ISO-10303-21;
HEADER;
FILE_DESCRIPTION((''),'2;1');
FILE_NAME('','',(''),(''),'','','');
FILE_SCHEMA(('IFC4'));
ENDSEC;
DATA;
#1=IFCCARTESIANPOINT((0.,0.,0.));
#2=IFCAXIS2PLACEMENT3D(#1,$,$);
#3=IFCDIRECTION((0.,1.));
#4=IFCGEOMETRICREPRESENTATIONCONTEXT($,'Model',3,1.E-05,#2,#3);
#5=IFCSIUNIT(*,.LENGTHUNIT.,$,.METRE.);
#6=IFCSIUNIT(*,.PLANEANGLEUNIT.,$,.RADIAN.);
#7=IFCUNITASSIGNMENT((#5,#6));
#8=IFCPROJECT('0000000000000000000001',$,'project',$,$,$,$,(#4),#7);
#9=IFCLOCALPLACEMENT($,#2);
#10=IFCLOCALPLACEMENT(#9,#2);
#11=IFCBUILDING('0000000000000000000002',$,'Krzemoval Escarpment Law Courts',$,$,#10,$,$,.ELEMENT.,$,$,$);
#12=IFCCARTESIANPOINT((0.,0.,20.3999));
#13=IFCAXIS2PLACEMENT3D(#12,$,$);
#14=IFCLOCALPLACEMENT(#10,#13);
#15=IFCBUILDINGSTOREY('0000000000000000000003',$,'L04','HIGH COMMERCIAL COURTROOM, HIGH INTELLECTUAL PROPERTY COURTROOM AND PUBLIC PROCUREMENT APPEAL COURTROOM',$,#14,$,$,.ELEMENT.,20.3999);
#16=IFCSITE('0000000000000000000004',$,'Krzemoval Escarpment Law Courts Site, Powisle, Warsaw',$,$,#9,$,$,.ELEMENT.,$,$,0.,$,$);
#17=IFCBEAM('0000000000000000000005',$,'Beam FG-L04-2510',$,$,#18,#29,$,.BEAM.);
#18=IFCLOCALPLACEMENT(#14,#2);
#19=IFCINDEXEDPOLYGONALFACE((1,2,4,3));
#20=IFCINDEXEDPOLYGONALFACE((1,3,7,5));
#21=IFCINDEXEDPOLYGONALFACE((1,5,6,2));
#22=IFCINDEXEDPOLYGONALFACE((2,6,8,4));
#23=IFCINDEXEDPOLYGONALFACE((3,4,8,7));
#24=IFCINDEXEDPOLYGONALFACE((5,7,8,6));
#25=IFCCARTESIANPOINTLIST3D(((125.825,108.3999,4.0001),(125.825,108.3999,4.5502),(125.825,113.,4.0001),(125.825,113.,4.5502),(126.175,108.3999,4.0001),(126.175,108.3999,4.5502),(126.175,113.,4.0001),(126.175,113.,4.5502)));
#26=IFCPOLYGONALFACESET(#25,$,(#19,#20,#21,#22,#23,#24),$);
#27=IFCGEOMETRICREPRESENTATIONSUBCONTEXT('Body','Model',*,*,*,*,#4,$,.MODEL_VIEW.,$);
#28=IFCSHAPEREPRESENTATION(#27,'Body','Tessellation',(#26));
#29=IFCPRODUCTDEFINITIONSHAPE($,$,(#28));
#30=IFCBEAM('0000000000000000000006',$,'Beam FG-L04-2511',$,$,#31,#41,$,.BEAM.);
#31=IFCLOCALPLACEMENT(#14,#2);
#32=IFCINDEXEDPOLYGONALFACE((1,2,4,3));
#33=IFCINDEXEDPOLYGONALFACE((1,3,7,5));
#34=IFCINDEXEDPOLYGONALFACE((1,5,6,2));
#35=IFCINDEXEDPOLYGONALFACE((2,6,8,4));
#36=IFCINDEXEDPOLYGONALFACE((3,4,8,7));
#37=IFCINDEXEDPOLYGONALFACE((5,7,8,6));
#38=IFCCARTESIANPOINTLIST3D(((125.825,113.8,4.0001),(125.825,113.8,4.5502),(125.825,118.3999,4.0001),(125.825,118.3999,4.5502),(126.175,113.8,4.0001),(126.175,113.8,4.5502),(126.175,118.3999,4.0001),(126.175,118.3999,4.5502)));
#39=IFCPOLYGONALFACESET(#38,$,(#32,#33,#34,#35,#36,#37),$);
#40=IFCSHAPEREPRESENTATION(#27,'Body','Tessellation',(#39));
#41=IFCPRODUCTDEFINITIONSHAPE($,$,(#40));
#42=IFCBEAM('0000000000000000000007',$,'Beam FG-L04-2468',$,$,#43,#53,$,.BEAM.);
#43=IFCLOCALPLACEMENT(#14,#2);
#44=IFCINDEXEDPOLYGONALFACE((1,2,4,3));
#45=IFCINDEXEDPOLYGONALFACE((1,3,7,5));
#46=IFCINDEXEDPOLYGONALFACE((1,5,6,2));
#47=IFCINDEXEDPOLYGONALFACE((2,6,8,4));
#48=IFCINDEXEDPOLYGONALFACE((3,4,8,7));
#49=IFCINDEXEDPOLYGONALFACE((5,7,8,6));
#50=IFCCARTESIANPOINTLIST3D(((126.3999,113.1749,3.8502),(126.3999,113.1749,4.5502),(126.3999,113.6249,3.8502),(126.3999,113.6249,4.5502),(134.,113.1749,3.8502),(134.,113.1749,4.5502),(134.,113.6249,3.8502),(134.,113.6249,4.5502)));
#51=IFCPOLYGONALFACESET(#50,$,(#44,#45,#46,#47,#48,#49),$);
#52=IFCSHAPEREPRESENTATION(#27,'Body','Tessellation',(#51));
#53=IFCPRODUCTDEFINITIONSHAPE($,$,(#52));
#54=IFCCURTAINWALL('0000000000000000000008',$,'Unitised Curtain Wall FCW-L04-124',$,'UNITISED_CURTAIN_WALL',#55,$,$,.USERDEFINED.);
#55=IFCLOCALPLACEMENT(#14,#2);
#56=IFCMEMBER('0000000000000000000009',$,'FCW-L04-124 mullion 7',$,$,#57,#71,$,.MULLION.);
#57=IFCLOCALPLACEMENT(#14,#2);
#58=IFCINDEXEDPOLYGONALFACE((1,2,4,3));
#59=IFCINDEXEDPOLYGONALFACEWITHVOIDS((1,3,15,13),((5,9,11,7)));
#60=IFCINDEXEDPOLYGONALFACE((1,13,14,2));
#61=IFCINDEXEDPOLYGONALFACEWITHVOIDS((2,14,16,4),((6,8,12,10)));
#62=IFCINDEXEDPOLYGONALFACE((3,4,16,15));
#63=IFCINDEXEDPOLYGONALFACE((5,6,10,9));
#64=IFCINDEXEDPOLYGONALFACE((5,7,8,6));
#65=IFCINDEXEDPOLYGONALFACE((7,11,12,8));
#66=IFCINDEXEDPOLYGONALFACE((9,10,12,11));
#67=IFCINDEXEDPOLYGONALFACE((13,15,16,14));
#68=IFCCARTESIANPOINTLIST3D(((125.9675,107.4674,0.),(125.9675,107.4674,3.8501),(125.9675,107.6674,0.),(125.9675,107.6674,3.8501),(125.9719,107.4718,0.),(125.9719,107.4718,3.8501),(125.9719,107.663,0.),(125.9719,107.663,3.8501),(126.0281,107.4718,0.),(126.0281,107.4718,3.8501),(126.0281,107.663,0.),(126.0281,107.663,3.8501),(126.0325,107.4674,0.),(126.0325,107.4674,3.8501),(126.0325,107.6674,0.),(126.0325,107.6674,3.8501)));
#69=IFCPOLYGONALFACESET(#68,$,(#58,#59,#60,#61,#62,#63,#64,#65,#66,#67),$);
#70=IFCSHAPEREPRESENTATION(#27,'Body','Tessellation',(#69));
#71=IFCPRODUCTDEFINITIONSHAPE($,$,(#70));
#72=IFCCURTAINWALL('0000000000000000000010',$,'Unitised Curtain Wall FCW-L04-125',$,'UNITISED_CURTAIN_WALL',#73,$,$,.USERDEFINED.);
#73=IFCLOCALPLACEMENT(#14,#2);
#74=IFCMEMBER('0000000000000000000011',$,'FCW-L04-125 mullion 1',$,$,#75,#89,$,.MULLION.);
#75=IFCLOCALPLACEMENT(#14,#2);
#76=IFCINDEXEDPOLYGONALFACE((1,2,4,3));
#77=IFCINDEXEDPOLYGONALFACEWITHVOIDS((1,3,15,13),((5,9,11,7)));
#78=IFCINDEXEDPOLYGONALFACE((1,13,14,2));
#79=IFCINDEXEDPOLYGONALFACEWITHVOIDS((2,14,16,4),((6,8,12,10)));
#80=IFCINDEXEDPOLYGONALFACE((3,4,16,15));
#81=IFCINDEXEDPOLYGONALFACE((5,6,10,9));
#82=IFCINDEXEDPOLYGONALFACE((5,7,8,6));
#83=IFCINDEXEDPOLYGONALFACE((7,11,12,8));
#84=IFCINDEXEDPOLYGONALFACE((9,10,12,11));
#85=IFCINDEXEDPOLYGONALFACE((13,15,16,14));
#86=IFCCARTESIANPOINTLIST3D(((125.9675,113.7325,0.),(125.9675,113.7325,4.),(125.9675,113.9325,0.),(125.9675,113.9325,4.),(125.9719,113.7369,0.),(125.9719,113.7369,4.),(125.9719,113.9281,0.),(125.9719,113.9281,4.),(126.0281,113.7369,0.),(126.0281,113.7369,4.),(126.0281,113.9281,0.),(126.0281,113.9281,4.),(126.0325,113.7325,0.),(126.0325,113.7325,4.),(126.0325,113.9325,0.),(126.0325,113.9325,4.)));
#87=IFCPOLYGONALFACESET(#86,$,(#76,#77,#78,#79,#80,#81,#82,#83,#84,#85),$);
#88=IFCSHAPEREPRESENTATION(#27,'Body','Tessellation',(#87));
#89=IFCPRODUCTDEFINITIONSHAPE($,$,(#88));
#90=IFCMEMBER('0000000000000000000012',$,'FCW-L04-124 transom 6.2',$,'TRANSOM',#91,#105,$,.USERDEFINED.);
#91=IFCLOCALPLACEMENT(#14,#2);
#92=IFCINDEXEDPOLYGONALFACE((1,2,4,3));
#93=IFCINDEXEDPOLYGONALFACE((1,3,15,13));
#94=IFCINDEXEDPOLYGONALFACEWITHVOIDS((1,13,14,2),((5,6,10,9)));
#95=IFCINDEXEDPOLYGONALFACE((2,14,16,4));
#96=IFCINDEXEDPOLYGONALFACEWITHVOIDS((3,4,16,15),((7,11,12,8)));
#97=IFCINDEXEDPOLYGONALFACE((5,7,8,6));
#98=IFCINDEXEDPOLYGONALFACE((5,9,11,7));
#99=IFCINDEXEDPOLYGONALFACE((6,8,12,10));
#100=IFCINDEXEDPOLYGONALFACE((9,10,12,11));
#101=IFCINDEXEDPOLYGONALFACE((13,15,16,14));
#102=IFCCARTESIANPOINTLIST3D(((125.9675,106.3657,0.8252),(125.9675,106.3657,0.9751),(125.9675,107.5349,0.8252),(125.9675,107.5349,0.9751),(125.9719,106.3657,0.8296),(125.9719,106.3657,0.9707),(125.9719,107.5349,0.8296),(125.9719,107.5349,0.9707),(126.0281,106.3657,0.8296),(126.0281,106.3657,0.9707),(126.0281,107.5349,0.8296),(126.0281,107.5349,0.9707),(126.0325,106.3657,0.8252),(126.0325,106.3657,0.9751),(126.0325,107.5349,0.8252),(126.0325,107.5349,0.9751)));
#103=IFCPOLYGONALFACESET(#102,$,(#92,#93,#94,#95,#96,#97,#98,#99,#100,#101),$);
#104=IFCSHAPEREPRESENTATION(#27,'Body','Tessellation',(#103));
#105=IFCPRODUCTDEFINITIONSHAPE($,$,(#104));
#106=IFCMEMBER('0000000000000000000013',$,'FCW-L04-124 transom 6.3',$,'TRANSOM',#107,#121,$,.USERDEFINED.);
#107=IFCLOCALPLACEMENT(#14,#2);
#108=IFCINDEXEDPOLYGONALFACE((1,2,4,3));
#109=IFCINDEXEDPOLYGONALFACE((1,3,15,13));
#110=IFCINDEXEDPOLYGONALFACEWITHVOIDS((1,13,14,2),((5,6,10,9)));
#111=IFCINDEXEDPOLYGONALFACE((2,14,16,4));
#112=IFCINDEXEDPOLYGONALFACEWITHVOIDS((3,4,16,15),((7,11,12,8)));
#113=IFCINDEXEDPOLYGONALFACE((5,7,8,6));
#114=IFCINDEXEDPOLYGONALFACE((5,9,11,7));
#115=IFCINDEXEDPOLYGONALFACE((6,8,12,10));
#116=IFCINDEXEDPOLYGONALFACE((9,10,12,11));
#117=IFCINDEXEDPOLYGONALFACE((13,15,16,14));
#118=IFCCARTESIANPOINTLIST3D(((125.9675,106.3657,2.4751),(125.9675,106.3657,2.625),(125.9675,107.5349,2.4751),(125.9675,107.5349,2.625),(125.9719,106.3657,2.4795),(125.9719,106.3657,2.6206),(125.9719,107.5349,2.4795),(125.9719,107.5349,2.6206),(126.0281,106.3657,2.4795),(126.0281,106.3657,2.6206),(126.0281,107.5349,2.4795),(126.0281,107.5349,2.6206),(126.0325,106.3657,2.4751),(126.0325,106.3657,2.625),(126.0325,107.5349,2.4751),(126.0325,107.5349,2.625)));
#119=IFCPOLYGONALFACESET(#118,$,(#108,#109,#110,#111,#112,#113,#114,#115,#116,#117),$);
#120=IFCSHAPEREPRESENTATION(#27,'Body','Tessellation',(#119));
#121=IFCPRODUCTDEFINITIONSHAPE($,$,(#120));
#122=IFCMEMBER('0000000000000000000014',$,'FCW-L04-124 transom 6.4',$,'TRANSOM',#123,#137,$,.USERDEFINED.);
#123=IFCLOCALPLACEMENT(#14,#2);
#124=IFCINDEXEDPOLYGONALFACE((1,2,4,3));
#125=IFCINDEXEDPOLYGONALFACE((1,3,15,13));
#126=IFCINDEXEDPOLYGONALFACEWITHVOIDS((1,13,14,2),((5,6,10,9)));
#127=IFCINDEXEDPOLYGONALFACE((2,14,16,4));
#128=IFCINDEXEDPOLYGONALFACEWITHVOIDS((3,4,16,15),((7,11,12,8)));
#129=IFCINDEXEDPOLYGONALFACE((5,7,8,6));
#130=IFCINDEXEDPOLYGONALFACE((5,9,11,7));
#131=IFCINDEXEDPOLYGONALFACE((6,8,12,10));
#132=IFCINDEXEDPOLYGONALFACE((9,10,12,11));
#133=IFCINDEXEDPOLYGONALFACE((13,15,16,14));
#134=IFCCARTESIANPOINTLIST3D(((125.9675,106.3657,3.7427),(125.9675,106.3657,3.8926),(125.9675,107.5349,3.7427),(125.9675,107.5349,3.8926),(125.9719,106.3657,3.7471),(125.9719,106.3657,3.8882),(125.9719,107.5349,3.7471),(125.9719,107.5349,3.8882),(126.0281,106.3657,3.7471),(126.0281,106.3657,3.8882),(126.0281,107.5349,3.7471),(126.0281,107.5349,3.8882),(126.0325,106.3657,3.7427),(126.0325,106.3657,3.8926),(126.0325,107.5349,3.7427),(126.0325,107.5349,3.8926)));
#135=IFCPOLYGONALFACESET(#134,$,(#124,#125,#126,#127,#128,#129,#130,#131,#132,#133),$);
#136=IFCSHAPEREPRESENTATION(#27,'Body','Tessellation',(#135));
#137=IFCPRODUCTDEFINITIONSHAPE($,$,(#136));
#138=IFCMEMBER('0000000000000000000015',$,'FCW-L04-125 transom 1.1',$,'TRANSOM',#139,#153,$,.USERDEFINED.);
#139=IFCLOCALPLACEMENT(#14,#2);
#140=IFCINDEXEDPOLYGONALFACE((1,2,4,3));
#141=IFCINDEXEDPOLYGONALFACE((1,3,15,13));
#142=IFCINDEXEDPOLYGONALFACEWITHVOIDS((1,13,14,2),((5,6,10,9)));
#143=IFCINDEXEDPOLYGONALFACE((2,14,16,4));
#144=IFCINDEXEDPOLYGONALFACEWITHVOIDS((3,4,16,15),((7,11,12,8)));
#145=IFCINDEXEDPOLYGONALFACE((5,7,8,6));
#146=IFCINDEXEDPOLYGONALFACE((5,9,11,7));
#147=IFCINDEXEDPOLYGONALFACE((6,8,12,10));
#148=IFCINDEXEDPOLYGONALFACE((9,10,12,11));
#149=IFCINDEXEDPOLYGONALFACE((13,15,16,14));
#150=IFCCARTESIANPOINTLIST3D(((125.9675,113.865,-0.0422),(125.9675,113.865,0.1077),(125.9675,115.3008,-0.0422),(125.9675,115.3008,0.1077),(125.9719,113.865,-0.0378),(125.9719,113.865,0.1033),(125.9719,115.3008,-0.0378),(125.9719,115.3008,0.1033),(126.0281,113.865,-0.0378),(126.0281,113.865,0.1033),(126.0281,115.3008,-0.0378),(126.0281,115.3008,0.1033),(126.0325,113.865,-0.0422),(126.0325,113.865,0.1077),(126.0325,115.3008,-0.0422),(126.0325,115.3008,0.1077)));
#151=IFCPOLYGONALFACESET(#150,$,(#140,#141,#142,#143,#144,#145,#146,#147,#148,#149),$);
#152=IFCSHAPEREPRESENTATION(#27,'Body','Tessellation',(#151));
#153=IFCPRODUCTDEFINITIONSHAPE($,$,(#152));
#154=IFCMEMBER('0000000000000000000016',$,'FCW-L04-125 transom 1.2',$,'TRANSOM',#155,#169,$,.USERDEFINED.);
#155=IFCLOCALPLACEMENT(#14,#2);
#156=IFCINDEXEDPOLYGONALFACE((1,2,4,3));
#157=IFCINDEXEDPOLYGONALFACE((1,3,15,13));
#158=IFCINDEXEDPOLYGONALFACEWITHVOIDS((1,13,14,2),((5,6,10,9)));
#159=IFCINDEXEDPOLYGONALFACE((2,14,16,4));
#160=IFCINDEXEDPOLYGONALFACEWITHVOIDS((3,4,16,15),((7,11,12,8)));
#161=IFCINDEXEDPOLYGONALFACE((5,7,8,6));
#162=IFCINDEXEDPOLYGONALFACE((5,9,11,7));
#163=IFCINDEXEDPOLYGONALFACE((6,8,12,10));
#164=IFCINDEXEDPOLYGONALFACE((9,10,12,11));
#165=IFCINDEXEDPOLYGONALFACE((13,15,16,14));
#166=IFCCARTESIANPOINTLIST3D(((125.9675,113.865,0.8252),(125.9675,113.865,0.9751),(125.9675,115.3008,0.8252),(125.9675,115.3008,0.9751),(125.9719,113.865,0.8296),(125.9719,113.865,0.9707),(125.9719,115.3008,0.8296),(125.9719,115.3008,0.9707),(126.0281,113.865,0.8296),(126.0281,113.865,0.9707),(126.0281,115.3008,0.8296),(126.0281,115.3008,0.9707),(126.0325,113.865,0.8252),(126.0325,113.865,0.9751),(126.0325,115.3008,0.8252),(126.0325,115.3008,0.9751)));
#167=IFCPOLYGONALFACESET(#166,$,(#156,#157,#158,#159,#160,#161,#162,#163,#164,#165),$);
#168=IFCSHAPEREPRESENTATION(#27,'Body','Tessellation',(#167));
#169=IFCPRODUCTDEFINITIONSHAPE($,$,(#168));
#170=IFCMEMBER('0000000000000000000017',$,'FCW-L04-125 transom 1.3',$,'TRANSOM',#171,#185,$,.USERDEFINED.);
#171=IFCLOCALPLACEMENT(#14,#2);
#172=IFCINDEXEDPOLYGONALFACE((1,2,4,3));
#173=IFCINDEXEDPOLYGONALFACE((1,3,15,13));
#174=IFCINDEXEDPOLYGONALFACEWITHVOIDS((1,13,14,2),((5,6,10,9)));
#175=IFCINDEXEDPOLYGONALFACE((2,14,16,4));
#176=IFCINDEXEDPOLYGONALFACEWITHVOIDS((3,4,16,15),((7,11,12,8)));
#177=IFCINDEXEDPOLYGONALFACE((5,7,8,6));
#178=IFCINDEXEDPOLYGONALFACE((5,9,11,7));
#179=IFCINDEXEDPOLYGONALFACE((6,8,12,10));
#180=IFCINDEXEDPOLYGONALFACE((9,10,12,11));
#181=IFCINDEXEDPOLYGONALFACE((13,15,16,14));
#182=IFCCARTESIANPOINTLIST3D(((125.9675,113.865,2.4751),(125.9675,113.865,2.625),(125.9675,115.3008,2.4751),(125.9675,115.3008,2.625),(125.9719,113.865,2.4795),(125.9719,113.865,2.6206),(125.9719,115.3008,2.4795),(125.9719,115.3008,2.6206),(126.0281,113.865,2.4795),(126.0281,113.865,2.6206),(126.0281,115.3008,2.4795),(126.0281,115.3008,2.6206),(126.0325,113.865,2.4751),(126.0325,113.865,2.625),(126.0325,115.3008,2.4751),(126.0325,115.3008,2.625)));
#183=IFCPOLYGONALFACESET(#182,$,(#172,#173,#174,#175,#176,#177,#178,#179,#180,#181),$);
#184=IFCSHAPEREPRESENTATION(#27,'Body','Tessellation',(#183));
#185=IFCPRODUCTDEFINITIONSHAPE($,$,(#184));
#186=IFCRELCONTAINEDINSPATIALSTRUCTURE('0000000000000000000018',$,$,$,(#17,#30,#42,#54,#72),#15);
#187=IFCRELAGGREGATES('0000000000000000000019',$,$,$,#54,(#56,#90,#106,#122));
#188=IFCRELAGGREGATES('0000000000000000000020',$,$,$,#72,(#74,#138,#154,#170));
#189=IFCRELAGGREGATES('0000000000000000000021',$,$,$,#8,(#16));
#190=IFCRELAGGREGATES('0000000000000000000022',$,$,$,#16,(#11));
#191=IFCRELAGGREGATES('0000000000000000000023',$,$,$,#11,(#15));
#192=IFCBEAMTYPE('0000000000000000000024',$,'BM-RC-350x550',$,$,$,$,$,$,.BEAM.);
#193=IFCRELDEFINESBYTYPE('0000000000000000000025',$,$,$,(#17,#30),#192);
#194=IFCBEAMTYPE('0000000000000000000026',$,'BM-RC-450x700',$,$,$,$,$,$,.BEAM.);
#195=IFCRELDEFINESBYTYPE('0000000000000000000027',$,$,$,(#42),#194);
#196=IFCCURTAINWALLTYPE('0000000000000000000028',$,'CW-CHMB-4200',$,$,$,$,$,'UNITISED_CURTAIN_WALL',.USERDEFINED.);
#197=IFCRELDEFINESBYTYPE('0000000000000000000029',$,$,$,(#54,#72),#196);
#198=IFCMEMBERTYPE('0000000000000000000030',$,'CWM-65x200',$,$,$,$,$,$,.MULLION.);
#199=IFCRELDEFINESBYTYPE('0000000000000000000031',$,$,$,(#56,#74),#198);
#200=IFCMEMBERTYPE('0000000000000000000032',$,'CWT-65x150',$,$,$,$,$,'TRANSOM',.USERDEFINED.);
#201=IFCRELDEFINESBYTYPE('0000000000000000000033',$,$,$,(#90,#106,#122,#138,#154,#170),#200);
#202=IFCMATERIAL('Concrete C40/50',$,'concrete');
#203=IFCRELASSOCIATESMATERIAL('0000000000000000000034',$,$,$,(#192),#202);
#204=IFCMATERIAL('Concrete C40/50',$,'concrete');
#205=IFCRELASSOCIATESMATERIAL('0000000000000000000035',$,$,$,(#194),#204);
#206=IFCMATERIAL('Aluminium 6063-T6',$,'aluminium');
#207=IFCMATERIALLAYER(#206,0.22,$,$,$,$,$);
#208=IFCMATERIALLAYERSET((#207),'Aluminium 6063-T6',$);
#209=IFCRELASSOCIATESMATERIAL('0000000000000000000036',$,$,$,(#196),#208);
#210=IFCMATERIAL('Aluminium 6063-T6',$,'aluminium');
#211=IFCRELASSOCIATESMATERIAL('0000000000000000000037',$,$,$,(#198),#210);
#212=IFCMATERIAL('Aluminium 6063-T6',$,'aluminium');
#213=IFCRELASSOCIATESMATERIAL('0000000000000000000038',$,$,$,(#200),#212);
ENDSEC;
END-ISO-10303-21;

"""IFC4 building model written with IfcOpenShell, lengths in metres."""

from ifc_helpers import new_model, si_unit, direction, frame, origin, origin_2d, place, context, subcontext, project, spatial, rectangle, hollow_rectangle, extrude, material, layer, layer_set, material_profile, profile_set, type_object, element, aggregate, save


model = new_model("IFC4")

# Units and contexts
model_context = context("Model", 3, precision=1e-05, world=origin(), true_north=direction((0.0, 1.0)))
body_context = subcontext(model_context, "Body", "Model", "MODEL_VIEW")
ifc_project = project(units=[si_unit("LENGTHUNIT", "METRE"), si_unit("PLANEANGLEUNIT", "RADIAN")], contexts=[model_context])

# Site, building, storey
site_placement = place(None, origin())
site = spatial("IfcSite", under=ifc_project, at=site_placement, Name="Krzemoval Escarpment Law Courts Site, Powisle, Warsaw", CompositionType="ELEMENT", RefElevation=0.0)
building_placement = place(site_placement, origin())
building = spatial("IfcBuilding", under=site, at=building_placement, Name="Krzemoval Escarpment Law Courts", CompositionType="ELEMENT")
storey_placement = place(building_placement, frame((0.0, 0.0, 20.3999)))
storey = spatial("IfcBuildingStorey", under=building, at=storey_placement, Name="L04", Description="HIGH COMMERCIAL COURTROOM, HIGH INTELLECTUAL PROPERTY COURTROOM AND PUBLIC PROCUREMENT APPEAL COURTROOM", CompositionType="ELEMENT", Elevation=20.3999)

# Beams
ifc_material_1 = material(Name="Concrete C40/50", Category="concrete")
ifc_material_profile_1 = material_profile(ifc_material_1, rectangle(XDim=0.3501, YDim=0.55, at=origin_2d()), Name="RCB 350x550")
ifc_profile_set_1 = profile_set([ifc_material_profile_1], Name="Concrete C40/50")
beam_type_1 = type_object("IfcBeamType", Name="BM-RC-350x550", PredefinedType="BEAM", material=ifc_profile_set_1)
beam_1_placement = place(storey_placement, frame((126.0, 108.3999, 4.2751), z_axis=(0.0, 1.0, 0.0), x_axis=(-1.0, 0.0, 0.0)))
element("IfcBeam", 1, at=beam_1_placement, inside=storey, type_object=beam_type_1, Name="Beam FG-L04-2510", PredefinedType="BEAM", context=body_context, shape_type="SweptSolid", body=[
    extrude(rectangle(XDim=0.3501, YDim=0.55, at=origin_2d()), origin(), (0.0, 0.0, 1.0), 4.6001),
])
beam_2_placement = place(storey_placement, frame((126.0, 113.8, 4.2751), z_axis=(0.0, 1.0, 0.0), x_axis=(-1.0, 0.0, 0.0)))
element("IfcBeam", 2, at=beam_2_placement, inside=storey, type_object=beam_type_1, Name="Beam FG-L04-2511", PredefinedType="BEAM", context=body_context, shape_type="SweptSolid", body=[
    extrude(rectangle(XDim=0.3501, YDim=0.55, at=origin_2d()), origin(), (0.0, 0.0, 1.0), 4.5999),
])
ifc_material_2 = material(Name="Concrete C40/50", Category="concrete")
ifc_material_profile_2 = material_profile(ifc_material_2, rectangle(XDim=0.45, YDim=0.7, at=origin_2d()), Name="RCB 450x700")
ifc_profile_set_2 = profile_set([ifc_material_profile_2], Name="Concrete C40/50")
beam_type_2 = type_object("IfcBeamType", Name="BM-RC-450x700", PredefinedType="BEAM", material=ifc_profile_set_2)
beam_3_placement = place(storey_placement, frame((126.3999, 113.3999, 4.2002), z_axis=(1.0, 0.0, 0.0), x_axis=(0.0, 1.0, 0.0)))
element("IfcBeam", 3, at=beam_3_placement, inside=storey, type_object=beam_type_2, Name="Beam FG-L04-2468", PredefinedType="BEAM", context=body_context, shape_type="SweptSolid", body=[
    extrude(rectangle(XDim=0.45, YDim=0.7, at=origin_2d()), origin(), (0.0, 0.0, 1.0), 7.6001),
])

# Curtain walls, members
ifc_material_3 = material(Name="Aluminium 6063-T6", Category="aluminium")
ifc_layer_1 = layer(ifc_material_3, 0.22)
ifc_layer_set_1 = layer_set([ifc_layer_1], Name="Aluminium 6063-T6")
curtain_wall_type = type_object("IfcCurtainWallType", Name="CW-CHMB-4200", ElementType="UNITISED_CURTAIN_WALL", PredefinedType="USERDEFINED", material=ifc_layer_set_1)
curtain_wall_1_placement = place(storey_placement, origin())
curtain_wall_1 = element("IfcCurtainWall", 4, at=curtain_wall_1_placement, inside=storey, type_object=curtain_wall_type, Name="Unitised Curtain Wall FCW-L04-124", ObjectType="UNITISED_CURTAIN_WALL", PredefinedType="USERDEFINED")
ifc_material_4 = material(Name="Aluminium 6063-T6", Category="aluminium")
ifc_material_profile_3 = material_profile(ifc_material_4, hollow_rectangle(XDim=0.0649, YDim=0.2, WallThickness=0.0044, at=origin_2d()), Name="ALU M65x200")
ifc_profile_set_3 = profile_set([ifc_material_profile_3], Name="Aluminium 6063-T6")
member_type_1 = type_object("IfcMemberType", Name="CWM-65x200", PredefinedType="MULLION", material=ifc_profile_set_3)
member_1_placement = place(storey_placement, frame((126.0, 107.5674, 0.0), z_axis=(0.0, 0.0, 1.0), x_axis=(-1.0, 0.0, 0.0)))
member_1 = element("IfcMember", 5, at=member_1_placement, type_object=member_type_1, Name="FCW-L04-124 mullion 7", PredefinedType="MULLION", context=body_context, shape_type="SweptSolid", body=[
    extrude(hollow_rectangle(XDim=0.0649, YDim=0.2, WallThickness=0.0044, at=origin_2d()), origin(), (0.0, 0.0, 1.0), 3.8501),
])
curtain_wall_2_placement = place(storey_placement, origin())
curtain_wall_2 = element("IfcCurtainWall", 6, at=curtain_wall_2_placement, inside=storey, type_object=curtain_wall_type, Name="Unitised Curtain Wall FCW-L04-125", ObjectType="UNITISED_CURTAIN_WALL", PredefinedType="USERDEFINED")
member_2_placement = place(storey_placement, frame((126.0, 113.8325, 0.0), z_axis=(0.0, 0.0, 1.0), x_axis=(-1.0, 0.0, 0.0)))
member_2 = element("IfcMember", 7, at=member_2_placement, type_object=member_type_1, Name="FCW-L04-125 mullion 1", PredefinedType="MULLION", context=body_context, shape_type="SweptSolid", body=[
    extrude(hollow_rectangle(XDim=0.0649, YDim=0.2, WallThickness=0.0044, at=origin_2d()), origin(), (0.0, 0.0, 1.0), 4.0),
])

# Members
ifc_material_5 = material(Name="Aluminium 6063-T6", Category="aluminium")
ifc_material_profile_4 = material_profile(ifc_material_5, hollow_rectangle(XDim=0.0649, YDim=0.1499, WallThickness=0.0044, at=origin_2d()), Name="ALU T65x150")
ifc_profile_set_4 = profile_set([ifc_material_profile_4], Name="Aluminium 6063-T6")
member_type_2 = type_object("IfcMemberType", Name="CWT-65x150", ElementType="TRANSOM", PredefinedType="USERDEFINED", material=ifc_profile_set_4)
member_3_placement = place(storey_placement, frame((126.0, 106.3657, 0.9001), z_axis=(0.0, 1.0, 0.0), x_axis=(-1.0, 0.0, 0.0)))
member_3 = element("IfcMember", 8, at=member_3_placement, type_object=member_type_2, Name="FCW-L04-124 transom 6.2", ObjectType="TRANSOM", PredefinedType="USERDEFINED", context=body_context, shape_type="SweptSolid", body=[
    extrude(hollow_rectangle(XDim=0.0649, YDim=0.1499, WallThickness=0.0044, at=origin_2d()), origin(), (0.0, 0.0, 1.0), 1.1692),
])
member_4_placement = place(storey_placement, frame((126.0, 106.3657, 2.55), z_axis=(0.0, 1.0, 0.0), x_axis=(-1.0, 0.0, 0.0)))
member_4 = element("IfcMember", 9, at=member_4_placement, type_object=member_type_2, Name="FCW-L04-124 transom 6.3", ObjectType="TRANSOM", PredefinedType="USERDEFINED", context=body_context, shape_type="SweptSolid", body=[
    extrude(hollow_rectangle(XDim=0.0649, YDim=0.1499, WallThickness=0.0044, at=origin_2d()), origin(), (0.0, 0.0, 1.0), 1.1692),
])
member_5_placement = place(storey_placement, frame((126.0, 106.3657, 3.8176), z_axis=(0.0, 1.0, 0.0), x_axis=(-1.0, 0.0, 0.0)))
member_5 = element("IfcMember", 10, at=member_5_placement, type_object=member_type_2, Name="FCW-L04-124 transom 6.4", ObjectType="TRANSOM", PredefinedType="USERDEFINED", context=body_context, shape_type="SweptSolid", body=[
    extrude(hollow_rectangle(XDim=0.0649, YDim=0.1499, WallThickness=0.0044, at=origin_2d()), origin(), (0.0, 0.0, 1.0), 1.1692),
])
member_6_placement = place(storey_placement, frame((126.0, 113.865, 0.0327), z_axis=(0.0, 1.0, 0.0), x_axis=(-1.0, 0.0, 0.0)))
member_6 = element("IfcMember", 11, at=member_6_placement, type_object=member_type_2, Name="FCW-L04-125 transom 1.1", ObjectType="TRANSOM", PredefinedType="USERDEFINED", context=body_context, shape_type="SweptSolid", body=[
    extrude(hollow_rectangle(XDim=0.0649, YDim=0.1499, WallThickness=0.0044, at=origin_2d()), origin(), (0.0, 0.0, 1.0), 1.4358),
])
member_7_placement = place(storey_placement, frame((126.0, 113.865, 0.9001), z_axis=(0.0, 1.0, 0.0), x_axis=(-1.0, 0.0, 0.0)))
member_7 = element("IfcMember", 12, at=member_7_placement, type_object=member_type_2, Name="FCW-L04-125 transom 1.2", ObjectType="TRANSOM", PredefinedType="USERDEFINED", context=body_context, shape_type="SweptSolid", body=[
    extrude(hollow_rectangle(XDim=0.0649, YDim=0.1499, WallThickness=0.0044, at=origin_2d()), origin(), (0.0, 0.0, 1.0), 1.4358),
])
member_8_placement = place(storey_placement, frame((126.0, 113.865, 2.55), z_axis=(0.0, 1.0, 0.0), x_axis=(-1.0, 0.0, 0.0)))
member_8 = element("IfcMember", 13, at=member_8_placement, type_object=member_type_2, Name="FCW-L04-125 transom 1.3", ObjectType="TRANSOM", PredefinedType="USERDEFINED", context=body_context, shape_type="SweptSolid", body=[
    extrude(hollow_rectangle(XDim=0.0649, YDim=0.1499, WallThickness=0.0044, at=origin_2d()), origin(), (0.0, 0.0, 1.0), 1.4358),
])

aggregate(curtain_wall_1, [member_1, member_3, member_4, member_5])
aggregate(curtain_wall_2, [member_2, member_6, member_7, member_8])

save(model, "model.ifc")
